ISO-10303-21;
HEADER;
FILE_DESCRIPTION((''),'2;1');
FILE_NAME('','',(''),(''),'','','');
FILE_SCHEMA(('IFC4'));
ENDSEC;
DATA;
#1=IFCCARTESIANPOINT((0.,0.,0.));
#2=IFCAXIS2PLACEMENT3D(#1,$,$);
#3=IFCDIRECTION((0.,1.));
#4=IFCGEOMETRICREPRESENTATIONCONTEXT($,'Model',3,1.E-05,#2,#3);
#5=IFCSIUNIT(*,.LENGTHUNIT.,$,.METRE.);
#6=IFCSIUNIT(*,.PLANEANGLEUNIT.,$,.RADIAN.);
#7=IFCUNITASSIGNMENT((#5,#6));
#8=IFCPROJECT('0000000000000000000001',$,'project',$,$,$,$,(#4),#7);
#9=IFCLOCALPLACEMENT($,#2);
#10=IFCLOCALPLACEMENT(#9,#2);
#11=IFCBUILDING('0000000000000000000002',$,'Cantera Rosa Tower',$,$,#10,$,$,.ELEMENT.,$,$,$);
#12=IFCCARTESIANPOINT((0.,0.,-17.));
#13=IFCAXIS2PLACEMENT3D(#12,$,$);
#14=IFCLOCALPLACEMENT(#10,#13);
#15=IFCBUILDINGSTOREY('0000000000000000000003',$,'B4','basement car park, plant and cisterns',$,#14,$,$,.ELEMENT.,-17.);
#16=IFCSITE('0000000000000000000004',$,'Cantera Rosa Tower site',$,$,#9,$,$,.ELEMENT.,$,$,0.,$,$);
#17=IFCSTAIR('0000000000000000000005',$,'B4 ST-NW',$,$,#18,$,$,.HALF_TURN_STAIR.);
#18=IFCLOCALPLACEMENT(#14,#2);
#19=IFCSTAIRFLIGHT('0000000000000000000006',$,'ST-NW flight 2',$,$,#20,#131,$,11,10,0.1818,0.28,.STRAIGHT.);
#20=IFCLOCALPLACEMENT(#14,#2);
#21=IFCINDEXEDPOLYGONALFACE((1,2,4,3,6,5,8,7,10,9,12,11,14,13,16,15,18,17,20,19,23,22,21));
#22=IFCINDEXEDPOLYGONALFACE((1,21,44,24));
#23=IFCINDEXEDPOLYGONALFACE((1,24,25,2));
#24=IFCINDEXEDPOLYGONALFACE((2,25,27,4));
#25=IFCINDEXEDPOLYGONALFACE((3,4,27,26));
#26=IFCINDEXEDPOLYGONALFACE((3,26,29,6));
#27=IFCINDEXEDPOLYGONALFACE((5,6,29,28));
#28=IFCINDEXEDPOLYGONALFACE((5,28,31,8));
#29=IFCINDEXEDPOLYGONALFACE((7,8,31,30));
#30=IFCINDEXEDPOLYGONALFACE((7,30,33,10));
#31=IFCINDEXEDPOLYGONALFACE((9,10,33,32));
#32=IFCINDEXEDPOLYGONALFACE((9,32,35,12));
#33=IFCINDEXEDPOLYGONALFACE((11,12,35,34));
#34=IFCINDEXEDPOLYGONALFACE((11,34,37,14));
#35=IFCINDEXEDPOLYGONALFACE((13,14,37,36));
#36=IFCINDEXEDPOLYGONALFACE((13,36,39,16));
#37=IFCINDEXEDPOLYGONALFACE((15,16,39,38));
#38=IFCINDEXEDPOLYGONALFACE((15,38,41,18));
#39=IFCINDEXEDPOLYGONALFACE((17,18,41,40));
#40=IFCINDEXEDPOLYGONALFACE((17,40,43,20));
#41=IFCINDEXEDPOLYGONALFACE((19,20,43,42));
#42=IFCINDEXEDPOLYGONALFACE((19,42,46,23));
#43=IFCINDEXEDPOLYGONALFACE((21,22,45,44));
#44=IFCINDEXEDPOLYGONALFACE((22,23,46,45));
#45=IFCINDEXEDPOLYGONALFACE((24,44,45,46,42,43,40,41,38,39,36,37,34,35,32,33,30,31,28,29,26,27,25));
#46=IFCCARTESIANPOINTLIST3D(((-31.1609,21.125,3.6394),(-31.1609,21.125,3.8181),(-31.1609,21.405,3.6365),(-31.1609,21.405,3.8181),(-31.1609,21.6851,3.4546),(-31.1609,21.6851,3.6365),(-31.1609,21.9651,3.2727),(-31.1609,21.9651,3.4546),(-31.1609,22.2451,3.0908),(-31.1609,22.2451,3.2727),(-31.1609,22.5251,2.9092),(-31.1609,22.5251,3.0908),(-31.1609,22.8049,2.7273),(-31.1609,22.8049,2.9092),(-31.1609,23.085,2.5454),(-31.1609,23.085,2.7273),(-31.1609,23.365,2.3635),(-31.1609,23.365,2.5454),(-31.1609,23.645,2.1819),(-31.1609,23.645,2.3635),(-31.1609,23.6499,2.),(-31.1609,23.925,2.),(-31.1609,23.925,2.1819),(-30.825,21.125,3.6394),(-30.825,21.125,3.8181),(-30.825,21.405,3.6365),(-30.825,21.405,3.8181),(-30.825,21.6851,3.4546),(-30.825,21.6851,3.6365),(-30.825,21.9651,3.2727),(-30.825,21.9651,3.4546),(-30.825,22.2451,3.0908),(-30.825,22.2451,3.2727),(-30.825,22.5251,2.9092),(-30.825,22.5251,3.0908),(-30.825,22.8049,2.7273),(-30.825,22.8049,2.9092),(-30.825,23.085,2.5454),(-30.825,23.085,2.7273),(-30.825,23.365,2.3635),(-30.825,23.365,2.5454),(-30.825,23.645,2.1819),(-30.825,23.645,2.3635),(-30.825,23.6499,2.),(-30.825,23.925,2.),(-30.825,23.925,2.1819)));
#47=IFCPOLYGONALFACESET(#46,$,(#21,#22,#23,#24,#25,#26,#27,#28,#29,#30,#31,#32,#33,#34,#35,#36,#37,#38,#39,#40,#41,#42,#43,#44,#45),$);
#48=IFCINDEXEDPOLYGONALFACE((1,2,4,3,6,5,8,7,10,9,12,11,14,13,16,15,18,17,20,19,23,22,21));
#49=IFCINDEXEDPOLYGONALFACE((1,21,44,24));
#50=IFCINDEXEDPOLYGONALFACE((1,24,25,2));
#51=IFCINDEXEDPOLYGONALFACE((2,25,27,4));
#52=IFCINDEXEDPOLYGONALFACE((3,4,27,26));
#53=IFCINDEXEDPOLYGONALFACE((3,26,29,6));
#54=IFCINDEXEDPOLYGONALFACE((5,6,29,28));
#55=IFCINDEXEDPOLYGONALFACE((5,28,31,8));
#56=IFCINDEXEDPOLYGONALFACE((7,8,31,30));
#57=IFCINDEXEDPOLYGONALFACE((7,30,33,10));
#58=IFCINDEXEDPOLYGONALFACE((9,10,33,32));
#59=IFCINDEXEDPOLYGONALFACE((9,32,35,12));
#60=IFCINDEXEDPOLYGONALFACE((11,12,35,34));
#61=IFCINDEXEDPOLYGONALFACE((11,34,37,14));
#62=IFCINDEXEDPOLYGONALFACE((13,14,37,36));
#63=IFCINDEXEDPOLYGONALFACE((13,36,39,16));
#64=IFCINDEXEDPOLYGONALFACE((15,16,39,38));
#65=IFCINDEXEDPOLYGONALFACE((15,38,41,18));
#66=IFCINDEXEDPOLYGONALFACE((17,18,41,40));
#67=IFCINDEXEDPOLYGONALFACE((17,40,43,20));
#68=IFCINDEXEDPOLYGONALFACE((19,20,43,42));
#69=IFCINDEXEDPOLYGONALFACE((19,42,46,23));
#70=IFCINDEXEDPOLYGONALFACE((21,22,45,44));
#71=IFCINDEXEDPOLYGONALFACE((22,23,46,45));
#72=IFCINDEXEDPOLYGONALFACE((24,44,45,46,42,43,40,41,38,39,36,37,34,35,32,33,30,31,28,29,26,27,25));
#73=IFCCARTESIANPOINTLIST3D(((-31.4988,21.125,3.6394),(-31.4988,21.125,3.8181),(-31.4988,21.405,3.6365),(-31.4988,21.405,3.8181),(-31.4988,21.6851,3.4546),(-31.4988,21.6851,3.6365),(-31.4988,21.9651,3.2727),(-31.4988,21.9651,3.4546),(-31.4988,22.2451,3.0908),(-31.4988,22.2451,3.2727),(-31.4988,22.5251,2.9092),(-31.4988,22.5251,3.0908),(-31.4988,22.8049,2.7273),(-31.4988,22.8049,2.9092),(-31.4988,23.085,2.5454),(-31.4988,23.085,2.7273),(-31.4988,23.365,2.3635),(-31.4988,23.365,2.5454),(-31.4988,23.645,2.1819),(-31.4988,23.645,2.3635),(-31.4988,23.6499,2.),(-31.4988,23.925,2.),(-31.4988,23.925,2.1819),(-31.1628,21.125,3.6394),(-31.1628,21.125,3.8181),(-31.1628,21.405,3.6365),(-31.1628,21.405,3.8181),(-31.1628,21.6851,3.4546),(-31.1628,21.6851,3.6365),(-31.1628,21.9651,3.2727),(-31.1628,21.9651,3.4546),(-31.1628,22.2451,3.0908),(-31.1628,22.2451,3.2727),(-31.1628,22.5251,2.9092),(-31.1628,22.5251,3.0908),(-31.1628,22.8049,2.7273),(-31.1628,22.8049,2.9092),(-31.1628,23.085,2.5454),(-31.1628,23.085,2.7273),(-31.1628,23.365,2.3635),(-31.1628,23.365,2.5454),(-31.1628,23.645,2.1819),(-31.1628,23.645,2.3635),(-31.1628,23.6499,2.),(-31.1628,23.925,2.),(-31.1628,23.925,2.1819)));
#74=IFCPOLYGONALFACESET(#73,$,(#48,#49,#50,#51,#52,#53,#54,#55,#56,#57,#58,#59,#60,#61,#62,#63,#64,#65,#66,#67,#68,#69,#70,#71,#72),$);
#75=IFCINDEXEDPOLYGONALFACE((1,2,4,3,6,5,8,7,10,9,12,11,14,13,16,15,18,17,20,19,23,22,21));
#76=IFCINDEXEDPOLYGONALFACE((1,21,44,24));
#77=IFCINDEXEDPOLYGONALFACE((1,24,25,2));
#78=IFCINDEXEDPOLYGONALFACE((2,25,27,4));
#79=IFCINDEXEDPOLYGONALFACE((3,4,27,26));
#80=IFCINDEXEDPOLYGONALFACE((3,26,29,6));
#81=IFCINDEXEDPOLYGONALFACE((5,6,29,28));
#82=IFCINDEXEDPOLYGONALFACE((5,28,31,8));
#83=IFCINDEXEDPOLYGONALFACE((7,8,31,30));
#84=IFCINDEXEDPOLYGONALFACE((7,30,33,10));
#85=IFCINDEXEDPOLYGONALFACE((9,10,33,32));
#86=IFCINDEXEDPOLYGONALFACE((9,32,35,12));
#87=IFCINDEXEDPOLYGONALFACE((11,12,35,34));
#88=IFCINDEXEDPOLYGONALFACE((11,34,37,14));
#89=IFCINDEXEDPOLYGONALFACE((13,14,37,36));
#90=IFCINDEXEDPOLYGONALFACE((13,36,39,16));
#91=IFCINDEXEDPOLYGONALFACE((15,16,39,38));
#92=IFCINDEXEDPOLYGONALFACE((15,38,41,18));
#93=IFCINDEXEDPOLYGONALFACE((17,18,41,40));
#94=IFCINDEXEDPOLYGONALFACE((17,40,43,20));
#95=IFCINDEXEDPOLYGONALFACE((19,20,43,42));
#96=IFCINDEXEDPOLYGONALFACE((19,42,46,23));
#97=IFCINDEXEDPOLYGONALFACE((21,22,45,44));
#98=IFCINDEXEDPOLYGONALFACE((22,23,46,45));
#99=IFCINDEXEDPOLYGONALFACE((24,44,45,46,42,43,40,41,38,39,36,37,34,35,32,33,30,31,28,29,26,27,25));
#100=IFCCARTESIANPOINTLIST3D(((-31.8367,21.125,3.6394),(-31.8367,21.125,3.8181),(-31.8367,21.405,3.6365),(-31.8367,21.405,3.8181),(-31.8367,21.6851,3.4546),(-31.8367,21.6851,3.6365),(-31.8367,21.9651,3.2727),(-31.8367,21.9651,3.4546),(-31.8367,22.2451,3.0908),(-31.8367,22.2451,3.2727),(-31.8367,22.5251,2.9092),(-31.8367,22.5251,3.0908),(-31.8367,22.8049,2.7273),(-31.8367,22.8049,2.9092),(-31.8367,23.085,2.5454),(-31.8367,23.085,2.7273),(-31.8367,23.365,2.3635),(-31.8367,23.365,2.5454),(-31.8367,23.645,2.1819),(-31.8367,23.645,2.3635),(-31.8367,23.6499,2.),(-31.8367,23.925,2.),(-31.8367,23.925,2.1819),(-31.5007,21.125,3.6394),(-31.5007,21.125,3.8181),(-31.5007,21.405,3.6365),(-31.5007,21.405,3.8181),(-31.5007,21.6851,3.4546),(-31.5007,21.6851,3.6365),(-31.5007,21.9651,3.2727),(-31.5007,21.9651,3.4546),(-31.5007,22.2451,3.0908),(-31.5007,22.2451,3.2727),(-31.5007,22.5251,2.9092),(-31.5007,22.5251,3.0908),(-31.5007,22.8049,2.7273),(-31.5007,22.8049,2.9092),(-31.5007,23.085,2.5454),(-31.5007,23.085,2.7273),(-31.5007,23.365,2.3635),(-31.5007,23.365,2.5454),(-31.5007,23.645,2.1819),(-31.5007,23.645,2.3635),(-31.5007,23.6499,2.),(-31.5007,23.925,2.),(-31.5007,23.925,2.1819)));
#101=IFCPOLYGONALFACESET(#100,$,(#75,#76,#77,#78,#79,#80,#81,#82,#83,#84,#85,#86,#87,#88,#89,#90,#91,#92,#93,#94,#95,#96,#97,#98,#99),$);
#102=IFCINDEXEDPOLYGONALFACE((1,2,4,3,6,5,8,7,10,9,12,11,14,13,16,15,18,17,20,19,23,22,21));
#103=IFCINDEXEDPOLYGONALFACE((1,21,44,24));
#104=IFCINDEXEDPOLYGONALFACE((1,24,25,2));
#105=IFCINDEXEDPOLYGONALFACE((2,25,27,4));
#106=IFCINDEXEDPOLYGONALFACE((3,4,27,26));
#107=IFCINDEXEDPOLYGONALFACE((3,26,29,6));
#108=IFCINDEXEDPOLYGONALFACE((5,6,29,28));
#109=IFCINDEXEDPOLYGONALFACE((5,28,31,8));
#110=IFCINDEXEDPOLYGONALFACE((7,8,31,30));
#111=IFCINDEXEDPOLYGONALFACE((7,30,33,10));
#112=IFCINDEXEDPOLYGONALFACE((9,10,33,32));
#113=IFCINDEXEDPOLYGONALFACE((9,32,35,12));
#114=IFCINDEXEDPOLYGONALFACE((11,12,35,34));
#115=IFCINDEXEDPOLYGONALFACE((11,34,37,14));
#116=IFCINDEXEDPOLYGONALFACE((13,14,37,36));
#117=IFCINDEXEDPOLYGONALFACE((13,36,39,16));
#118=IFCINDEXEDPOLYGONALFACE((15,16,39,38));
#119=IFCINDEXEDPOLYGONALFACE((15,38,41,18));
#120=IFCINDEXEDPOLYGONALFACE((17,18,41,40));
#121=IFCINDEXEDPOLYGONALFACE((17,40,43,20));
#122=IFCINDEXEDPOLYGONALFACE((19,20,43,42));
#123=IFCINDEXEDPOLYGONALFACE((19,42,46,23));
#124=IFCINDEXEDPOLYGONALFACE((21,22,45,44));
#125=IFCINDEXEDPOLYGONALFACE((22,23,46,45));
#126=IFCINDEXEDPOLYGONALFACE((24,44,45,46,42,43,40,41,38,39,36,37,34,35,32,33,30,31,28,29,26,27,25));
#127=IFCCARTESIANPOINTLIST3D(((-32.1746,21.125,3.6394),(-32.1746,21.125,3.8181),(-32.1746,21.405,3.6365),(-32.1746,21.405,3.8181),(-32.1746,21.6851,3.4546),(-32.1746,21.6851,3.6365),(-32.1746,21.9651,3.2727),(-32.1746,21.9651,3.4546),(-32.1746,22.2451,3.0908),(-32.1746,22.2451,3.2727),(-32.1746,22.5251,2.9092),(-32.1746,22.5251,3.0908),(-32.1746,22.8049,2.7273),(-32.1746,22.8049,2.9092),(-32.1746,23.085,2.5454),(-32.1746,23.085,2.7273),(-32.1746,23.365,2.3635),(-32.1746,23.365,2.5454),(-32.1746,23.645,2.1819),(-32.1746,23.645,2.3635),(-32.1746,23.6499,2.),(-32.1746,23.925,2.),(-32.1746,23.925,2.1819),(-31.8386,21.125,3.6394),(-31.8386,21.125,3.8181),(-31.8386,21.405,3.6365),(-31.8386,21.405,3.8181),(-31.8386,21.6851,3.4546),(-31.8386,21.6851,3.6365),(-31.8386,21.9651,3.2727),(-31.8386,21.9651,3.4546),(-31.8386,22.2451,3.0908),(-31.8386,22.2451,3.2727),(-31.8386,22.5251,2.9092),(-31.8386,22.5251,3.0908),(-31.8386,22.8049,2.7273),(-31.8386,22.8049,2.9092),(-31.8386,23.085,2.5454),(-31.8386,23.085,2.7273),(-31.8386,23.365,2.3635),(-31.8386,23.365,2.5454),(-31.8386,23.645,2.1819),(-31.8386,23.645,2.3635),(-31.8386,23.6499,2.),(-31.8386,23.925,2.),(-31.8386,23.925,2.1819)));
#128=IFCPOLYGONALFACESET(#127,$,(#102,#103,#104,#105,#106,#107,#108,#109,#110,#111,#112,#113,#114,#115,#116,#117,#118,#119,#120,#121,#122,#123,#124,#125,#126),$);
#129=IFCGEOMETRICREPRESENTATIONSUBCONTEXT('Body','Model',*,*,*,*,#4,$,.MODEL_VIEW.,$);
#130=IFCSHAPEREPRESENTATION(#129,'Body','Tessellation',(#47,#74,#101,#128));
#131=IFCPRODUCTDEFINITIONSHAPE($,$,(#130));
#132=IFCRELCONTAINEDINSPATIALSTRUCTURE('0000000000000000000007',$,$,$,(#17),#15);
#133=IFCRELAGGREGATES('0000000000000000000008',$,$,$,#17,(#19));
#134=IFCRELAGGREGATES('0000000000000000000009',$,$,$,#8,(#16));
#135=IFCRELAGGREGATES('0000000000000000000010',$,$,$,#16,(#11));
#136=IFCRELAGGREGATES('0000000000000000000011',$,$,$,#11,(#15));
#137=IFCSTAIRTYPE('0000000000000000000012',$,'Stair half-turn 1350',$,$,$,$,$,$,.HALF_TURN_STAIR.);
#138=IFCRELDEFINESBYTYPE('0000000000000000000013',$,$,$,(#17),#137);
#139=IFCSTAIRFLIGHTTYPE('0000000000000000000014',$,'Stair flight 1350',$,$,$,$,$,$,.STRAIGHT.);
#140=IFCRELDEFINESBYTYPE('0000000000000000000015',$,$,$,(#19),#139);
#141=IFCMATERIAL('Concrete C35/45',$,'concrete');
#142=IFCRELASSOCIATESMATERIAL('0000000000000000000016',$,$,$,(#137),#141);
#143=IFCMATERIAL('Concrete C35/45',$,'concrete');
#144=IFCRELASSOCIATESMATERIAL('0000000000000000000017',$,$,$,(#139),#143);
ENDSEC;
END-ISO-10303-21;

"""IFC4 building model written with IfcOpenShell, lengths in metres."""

from ifc_helpers import new_model, si_unit, direction, frame, origin, place, context, subcontext, project, spatial, polyline, outline, extrude, material, type_object, element, aggregate, save


model = new_model("IFC4")

# Units and contexts
model_context = context("Model", 3, precision=1e-05, world=origin(), true_north=direction((0.0, 1.0)))
body_context = subcontext(model_context, "Body", "Model", "MODEL_VIEW")
ifc_project = project(units=[si_unit("LENGTHUNIT", "METRE"), si_unit("PLANEANGLEUNIT", "RADIAN")], contexts=[model_context])

# Site, building, storey
site_placement = place(None, origin())
site = spatial("IfcSite", under=ifc_project, at=site_placement, Name="Cantera Rosa Tower site", CompositionType="ELEMENT", RefElevation=0.0)
building_placement = place(site_placement, origin())
building = spatial("IfcBuilding", under=site, at=building_placement, Name="Cantera Rosa Tower", CompositionType="ELEMENT")
storey_placement = place(building_placement, frame((0.0, 0.0, -17.0)))
storey = spatial("IfcBuildingStorey", under=building, at=storey_placement, Name="B4", Description="basement car park, plant and cisterns", CompositionType="ELEMENT", Elevation=-17.0)

# Stair, stair flight
ifc_material_1 = material(Name="Concrete C35/45", Category="concrete")
stair_type = type_object("IfcStairType", Name="Stair half-turn 1350", PredefinedType="HALF_TURN_STAIR", material=ifc_material_1)
stair_placement = place(storey_placement, origin())
stair = element("IfcStair", 1, at=stair_placement, inside=storey, type_object=stair_type, Name="B4 ST-NW", PredefinedType="HALF_TURN_STAIR")
ifc_material_2 = material(Name="Concrete C35/45", Category="concrete")
stair_flight_type = type_object("IfcStairFlightType", Name="Stair flight 1350", PredefinedType="STRAIGHT", material=ifc_material_2)
stair_flight_1_placement = place(storey_placement, frame((-31.5, 23.925, 2.0), z_axis=(0.0, 0.0, 1.0), x_axis=(0.0, -1.0, 0.0)))
stair_flight_1 = element("IfcStairFlight", 2, at=stair_flight_1_placement, type_object=stair_flight_type, Name="ST-NW flight 2", NumberOfRisers=11, NumberOfTreads=10, PredefinedType="STRAIGHT", RiserHeight=0.1818, TreadLength=0.28, context=body_context, shape_type="SweptSolid", body=[
    extrude(outline(polyline([(0.0, 0.0), (0.0, 0.1819), (0.28, 0.1819), (0.28, 0.3635), (0.5601, 0.3635), (0.5601, 0.5454), (0.8401, 0.5454), (0.8401, 0.7273), (1.1201, 0.7273), (1.1201, 0.9092), (1.3999, 0.9092), (1.3999, 1.0908), (1.6799, 1.0908), (1.6799, 1.2727), (1.96, 1.2727), (1.96, 1.4546), (2.24, 1.4546), (2.24, 1.6365), (2.52, 1.6365), (2.52, 1.8181), (2.8, 1.8181), (2.8, 2.0), (2.8, 1.6394), (0.2751, 0.0), (0.0, 0.0)])), frame((0.0, 0.675, 0.0), z_axis=(0.0, -1.0, 0.0), x_axis=(1.0, 0.0, 0.0)), (0.0, 0.0, 1.0), 0.3359),
    extrude(outline(polyline([(0.0, 0.0), (0.0, 0.1819), (0.28, 0.1819), (0.28, 0.3635), (0.5601, 0.3635), (0.5601, 0.5454), (0.8401, 0.5454), (0.8401, 0.7273), (1.1201, 0.7273), (1.1201, 0.9092), (1.3999, 0.9092), (1.3999, 1.0908), (1.6799, 1.0908), (1.6799, 1.2727), (1.96, 1.2727), (1.96, 1.4546), (2.24, 1.4546), (2.24, 1.6365), (2.52, 1.6365), (2.52, 1.8181), (2.8, 1.8181), (2.8, 2.0), (2.8, 1.6394), (0.2751, 0.0), (0.0, 0.0)])), frame((0.0, 0.3372, 0.0), z_axis=(0.0, -1.0, 0.0), x_axis=(1.0, 0.0, 0.0)), (0.0, 0.0, 1.0), 0.3359),
    extrude(outline(polyline([(0.0, 0.0), (0.0, 0.1819), (0.28, 0.1819), (0.28, 0.3635), (0.5601, 0.3635), (0.5601, 0.5454), (0.8401, 0.5454), (0.8401, 0.7273), (1.1201, 0.7273), (1.1201, 0.9092), (1.3999, 0.9092), (1.3999, 1.0908), (1.6799, 1.0908), (1.6799, 1.2727), (1.96, 1.2727), (1.96, 1.4546), (2.24, 1.4546), (2.24, 1.6365), (2.52, 1.6365), (2.52, 1.8181), (2.8, 1.8181), (2.8, 2.0), (2.8, 1.6394), (0.2751, 0.0), (0.0, 0.0)])), frame((0.0, -0.0007, 0.0), z_axis=(0.0, -1.0, 0.0), x_axis=(1.0, 0.0, 0.0)), (0.0, 0.0, 1.0), 0.3359),
    extrude(outline(polyline([(0.0, 0.0), (0.0, 0.1819), (0.28, 0.1819), (0.28, 0.3635), (0.5601, 0.3635), (0.5601, 0.5454), (0.8401, 0.5454), (0.8401, 0.7273), (1.1201, 0.7273), (1.1201, 0.9092), (1.3999, 0.9092), (1.3999, 1.0908), (1.6799, 1.0908), (1.6799, 1.2727), (1.96, 1.2727), (1.96, 1.4546), (2.24, 1.4546), (2.24, 1.6365), (2.52, 1.6365), (2.52, 1.8181), (2.8, 1.8181), (2.8, 2.0), (2.8, 1.6394), (0.2751, 0.0), (0.0, 0.0)])), frame((0.0, -0.3386, 0.0), z_axis=(0.0, -1.0, 0.0), x_axis=(1.0, 0.0, 0.0)), (0.0, 0.0, 1.0), 0.3359),
])
aggregate(stair, [stair_flight_1])

save(model, "model.ifc")
